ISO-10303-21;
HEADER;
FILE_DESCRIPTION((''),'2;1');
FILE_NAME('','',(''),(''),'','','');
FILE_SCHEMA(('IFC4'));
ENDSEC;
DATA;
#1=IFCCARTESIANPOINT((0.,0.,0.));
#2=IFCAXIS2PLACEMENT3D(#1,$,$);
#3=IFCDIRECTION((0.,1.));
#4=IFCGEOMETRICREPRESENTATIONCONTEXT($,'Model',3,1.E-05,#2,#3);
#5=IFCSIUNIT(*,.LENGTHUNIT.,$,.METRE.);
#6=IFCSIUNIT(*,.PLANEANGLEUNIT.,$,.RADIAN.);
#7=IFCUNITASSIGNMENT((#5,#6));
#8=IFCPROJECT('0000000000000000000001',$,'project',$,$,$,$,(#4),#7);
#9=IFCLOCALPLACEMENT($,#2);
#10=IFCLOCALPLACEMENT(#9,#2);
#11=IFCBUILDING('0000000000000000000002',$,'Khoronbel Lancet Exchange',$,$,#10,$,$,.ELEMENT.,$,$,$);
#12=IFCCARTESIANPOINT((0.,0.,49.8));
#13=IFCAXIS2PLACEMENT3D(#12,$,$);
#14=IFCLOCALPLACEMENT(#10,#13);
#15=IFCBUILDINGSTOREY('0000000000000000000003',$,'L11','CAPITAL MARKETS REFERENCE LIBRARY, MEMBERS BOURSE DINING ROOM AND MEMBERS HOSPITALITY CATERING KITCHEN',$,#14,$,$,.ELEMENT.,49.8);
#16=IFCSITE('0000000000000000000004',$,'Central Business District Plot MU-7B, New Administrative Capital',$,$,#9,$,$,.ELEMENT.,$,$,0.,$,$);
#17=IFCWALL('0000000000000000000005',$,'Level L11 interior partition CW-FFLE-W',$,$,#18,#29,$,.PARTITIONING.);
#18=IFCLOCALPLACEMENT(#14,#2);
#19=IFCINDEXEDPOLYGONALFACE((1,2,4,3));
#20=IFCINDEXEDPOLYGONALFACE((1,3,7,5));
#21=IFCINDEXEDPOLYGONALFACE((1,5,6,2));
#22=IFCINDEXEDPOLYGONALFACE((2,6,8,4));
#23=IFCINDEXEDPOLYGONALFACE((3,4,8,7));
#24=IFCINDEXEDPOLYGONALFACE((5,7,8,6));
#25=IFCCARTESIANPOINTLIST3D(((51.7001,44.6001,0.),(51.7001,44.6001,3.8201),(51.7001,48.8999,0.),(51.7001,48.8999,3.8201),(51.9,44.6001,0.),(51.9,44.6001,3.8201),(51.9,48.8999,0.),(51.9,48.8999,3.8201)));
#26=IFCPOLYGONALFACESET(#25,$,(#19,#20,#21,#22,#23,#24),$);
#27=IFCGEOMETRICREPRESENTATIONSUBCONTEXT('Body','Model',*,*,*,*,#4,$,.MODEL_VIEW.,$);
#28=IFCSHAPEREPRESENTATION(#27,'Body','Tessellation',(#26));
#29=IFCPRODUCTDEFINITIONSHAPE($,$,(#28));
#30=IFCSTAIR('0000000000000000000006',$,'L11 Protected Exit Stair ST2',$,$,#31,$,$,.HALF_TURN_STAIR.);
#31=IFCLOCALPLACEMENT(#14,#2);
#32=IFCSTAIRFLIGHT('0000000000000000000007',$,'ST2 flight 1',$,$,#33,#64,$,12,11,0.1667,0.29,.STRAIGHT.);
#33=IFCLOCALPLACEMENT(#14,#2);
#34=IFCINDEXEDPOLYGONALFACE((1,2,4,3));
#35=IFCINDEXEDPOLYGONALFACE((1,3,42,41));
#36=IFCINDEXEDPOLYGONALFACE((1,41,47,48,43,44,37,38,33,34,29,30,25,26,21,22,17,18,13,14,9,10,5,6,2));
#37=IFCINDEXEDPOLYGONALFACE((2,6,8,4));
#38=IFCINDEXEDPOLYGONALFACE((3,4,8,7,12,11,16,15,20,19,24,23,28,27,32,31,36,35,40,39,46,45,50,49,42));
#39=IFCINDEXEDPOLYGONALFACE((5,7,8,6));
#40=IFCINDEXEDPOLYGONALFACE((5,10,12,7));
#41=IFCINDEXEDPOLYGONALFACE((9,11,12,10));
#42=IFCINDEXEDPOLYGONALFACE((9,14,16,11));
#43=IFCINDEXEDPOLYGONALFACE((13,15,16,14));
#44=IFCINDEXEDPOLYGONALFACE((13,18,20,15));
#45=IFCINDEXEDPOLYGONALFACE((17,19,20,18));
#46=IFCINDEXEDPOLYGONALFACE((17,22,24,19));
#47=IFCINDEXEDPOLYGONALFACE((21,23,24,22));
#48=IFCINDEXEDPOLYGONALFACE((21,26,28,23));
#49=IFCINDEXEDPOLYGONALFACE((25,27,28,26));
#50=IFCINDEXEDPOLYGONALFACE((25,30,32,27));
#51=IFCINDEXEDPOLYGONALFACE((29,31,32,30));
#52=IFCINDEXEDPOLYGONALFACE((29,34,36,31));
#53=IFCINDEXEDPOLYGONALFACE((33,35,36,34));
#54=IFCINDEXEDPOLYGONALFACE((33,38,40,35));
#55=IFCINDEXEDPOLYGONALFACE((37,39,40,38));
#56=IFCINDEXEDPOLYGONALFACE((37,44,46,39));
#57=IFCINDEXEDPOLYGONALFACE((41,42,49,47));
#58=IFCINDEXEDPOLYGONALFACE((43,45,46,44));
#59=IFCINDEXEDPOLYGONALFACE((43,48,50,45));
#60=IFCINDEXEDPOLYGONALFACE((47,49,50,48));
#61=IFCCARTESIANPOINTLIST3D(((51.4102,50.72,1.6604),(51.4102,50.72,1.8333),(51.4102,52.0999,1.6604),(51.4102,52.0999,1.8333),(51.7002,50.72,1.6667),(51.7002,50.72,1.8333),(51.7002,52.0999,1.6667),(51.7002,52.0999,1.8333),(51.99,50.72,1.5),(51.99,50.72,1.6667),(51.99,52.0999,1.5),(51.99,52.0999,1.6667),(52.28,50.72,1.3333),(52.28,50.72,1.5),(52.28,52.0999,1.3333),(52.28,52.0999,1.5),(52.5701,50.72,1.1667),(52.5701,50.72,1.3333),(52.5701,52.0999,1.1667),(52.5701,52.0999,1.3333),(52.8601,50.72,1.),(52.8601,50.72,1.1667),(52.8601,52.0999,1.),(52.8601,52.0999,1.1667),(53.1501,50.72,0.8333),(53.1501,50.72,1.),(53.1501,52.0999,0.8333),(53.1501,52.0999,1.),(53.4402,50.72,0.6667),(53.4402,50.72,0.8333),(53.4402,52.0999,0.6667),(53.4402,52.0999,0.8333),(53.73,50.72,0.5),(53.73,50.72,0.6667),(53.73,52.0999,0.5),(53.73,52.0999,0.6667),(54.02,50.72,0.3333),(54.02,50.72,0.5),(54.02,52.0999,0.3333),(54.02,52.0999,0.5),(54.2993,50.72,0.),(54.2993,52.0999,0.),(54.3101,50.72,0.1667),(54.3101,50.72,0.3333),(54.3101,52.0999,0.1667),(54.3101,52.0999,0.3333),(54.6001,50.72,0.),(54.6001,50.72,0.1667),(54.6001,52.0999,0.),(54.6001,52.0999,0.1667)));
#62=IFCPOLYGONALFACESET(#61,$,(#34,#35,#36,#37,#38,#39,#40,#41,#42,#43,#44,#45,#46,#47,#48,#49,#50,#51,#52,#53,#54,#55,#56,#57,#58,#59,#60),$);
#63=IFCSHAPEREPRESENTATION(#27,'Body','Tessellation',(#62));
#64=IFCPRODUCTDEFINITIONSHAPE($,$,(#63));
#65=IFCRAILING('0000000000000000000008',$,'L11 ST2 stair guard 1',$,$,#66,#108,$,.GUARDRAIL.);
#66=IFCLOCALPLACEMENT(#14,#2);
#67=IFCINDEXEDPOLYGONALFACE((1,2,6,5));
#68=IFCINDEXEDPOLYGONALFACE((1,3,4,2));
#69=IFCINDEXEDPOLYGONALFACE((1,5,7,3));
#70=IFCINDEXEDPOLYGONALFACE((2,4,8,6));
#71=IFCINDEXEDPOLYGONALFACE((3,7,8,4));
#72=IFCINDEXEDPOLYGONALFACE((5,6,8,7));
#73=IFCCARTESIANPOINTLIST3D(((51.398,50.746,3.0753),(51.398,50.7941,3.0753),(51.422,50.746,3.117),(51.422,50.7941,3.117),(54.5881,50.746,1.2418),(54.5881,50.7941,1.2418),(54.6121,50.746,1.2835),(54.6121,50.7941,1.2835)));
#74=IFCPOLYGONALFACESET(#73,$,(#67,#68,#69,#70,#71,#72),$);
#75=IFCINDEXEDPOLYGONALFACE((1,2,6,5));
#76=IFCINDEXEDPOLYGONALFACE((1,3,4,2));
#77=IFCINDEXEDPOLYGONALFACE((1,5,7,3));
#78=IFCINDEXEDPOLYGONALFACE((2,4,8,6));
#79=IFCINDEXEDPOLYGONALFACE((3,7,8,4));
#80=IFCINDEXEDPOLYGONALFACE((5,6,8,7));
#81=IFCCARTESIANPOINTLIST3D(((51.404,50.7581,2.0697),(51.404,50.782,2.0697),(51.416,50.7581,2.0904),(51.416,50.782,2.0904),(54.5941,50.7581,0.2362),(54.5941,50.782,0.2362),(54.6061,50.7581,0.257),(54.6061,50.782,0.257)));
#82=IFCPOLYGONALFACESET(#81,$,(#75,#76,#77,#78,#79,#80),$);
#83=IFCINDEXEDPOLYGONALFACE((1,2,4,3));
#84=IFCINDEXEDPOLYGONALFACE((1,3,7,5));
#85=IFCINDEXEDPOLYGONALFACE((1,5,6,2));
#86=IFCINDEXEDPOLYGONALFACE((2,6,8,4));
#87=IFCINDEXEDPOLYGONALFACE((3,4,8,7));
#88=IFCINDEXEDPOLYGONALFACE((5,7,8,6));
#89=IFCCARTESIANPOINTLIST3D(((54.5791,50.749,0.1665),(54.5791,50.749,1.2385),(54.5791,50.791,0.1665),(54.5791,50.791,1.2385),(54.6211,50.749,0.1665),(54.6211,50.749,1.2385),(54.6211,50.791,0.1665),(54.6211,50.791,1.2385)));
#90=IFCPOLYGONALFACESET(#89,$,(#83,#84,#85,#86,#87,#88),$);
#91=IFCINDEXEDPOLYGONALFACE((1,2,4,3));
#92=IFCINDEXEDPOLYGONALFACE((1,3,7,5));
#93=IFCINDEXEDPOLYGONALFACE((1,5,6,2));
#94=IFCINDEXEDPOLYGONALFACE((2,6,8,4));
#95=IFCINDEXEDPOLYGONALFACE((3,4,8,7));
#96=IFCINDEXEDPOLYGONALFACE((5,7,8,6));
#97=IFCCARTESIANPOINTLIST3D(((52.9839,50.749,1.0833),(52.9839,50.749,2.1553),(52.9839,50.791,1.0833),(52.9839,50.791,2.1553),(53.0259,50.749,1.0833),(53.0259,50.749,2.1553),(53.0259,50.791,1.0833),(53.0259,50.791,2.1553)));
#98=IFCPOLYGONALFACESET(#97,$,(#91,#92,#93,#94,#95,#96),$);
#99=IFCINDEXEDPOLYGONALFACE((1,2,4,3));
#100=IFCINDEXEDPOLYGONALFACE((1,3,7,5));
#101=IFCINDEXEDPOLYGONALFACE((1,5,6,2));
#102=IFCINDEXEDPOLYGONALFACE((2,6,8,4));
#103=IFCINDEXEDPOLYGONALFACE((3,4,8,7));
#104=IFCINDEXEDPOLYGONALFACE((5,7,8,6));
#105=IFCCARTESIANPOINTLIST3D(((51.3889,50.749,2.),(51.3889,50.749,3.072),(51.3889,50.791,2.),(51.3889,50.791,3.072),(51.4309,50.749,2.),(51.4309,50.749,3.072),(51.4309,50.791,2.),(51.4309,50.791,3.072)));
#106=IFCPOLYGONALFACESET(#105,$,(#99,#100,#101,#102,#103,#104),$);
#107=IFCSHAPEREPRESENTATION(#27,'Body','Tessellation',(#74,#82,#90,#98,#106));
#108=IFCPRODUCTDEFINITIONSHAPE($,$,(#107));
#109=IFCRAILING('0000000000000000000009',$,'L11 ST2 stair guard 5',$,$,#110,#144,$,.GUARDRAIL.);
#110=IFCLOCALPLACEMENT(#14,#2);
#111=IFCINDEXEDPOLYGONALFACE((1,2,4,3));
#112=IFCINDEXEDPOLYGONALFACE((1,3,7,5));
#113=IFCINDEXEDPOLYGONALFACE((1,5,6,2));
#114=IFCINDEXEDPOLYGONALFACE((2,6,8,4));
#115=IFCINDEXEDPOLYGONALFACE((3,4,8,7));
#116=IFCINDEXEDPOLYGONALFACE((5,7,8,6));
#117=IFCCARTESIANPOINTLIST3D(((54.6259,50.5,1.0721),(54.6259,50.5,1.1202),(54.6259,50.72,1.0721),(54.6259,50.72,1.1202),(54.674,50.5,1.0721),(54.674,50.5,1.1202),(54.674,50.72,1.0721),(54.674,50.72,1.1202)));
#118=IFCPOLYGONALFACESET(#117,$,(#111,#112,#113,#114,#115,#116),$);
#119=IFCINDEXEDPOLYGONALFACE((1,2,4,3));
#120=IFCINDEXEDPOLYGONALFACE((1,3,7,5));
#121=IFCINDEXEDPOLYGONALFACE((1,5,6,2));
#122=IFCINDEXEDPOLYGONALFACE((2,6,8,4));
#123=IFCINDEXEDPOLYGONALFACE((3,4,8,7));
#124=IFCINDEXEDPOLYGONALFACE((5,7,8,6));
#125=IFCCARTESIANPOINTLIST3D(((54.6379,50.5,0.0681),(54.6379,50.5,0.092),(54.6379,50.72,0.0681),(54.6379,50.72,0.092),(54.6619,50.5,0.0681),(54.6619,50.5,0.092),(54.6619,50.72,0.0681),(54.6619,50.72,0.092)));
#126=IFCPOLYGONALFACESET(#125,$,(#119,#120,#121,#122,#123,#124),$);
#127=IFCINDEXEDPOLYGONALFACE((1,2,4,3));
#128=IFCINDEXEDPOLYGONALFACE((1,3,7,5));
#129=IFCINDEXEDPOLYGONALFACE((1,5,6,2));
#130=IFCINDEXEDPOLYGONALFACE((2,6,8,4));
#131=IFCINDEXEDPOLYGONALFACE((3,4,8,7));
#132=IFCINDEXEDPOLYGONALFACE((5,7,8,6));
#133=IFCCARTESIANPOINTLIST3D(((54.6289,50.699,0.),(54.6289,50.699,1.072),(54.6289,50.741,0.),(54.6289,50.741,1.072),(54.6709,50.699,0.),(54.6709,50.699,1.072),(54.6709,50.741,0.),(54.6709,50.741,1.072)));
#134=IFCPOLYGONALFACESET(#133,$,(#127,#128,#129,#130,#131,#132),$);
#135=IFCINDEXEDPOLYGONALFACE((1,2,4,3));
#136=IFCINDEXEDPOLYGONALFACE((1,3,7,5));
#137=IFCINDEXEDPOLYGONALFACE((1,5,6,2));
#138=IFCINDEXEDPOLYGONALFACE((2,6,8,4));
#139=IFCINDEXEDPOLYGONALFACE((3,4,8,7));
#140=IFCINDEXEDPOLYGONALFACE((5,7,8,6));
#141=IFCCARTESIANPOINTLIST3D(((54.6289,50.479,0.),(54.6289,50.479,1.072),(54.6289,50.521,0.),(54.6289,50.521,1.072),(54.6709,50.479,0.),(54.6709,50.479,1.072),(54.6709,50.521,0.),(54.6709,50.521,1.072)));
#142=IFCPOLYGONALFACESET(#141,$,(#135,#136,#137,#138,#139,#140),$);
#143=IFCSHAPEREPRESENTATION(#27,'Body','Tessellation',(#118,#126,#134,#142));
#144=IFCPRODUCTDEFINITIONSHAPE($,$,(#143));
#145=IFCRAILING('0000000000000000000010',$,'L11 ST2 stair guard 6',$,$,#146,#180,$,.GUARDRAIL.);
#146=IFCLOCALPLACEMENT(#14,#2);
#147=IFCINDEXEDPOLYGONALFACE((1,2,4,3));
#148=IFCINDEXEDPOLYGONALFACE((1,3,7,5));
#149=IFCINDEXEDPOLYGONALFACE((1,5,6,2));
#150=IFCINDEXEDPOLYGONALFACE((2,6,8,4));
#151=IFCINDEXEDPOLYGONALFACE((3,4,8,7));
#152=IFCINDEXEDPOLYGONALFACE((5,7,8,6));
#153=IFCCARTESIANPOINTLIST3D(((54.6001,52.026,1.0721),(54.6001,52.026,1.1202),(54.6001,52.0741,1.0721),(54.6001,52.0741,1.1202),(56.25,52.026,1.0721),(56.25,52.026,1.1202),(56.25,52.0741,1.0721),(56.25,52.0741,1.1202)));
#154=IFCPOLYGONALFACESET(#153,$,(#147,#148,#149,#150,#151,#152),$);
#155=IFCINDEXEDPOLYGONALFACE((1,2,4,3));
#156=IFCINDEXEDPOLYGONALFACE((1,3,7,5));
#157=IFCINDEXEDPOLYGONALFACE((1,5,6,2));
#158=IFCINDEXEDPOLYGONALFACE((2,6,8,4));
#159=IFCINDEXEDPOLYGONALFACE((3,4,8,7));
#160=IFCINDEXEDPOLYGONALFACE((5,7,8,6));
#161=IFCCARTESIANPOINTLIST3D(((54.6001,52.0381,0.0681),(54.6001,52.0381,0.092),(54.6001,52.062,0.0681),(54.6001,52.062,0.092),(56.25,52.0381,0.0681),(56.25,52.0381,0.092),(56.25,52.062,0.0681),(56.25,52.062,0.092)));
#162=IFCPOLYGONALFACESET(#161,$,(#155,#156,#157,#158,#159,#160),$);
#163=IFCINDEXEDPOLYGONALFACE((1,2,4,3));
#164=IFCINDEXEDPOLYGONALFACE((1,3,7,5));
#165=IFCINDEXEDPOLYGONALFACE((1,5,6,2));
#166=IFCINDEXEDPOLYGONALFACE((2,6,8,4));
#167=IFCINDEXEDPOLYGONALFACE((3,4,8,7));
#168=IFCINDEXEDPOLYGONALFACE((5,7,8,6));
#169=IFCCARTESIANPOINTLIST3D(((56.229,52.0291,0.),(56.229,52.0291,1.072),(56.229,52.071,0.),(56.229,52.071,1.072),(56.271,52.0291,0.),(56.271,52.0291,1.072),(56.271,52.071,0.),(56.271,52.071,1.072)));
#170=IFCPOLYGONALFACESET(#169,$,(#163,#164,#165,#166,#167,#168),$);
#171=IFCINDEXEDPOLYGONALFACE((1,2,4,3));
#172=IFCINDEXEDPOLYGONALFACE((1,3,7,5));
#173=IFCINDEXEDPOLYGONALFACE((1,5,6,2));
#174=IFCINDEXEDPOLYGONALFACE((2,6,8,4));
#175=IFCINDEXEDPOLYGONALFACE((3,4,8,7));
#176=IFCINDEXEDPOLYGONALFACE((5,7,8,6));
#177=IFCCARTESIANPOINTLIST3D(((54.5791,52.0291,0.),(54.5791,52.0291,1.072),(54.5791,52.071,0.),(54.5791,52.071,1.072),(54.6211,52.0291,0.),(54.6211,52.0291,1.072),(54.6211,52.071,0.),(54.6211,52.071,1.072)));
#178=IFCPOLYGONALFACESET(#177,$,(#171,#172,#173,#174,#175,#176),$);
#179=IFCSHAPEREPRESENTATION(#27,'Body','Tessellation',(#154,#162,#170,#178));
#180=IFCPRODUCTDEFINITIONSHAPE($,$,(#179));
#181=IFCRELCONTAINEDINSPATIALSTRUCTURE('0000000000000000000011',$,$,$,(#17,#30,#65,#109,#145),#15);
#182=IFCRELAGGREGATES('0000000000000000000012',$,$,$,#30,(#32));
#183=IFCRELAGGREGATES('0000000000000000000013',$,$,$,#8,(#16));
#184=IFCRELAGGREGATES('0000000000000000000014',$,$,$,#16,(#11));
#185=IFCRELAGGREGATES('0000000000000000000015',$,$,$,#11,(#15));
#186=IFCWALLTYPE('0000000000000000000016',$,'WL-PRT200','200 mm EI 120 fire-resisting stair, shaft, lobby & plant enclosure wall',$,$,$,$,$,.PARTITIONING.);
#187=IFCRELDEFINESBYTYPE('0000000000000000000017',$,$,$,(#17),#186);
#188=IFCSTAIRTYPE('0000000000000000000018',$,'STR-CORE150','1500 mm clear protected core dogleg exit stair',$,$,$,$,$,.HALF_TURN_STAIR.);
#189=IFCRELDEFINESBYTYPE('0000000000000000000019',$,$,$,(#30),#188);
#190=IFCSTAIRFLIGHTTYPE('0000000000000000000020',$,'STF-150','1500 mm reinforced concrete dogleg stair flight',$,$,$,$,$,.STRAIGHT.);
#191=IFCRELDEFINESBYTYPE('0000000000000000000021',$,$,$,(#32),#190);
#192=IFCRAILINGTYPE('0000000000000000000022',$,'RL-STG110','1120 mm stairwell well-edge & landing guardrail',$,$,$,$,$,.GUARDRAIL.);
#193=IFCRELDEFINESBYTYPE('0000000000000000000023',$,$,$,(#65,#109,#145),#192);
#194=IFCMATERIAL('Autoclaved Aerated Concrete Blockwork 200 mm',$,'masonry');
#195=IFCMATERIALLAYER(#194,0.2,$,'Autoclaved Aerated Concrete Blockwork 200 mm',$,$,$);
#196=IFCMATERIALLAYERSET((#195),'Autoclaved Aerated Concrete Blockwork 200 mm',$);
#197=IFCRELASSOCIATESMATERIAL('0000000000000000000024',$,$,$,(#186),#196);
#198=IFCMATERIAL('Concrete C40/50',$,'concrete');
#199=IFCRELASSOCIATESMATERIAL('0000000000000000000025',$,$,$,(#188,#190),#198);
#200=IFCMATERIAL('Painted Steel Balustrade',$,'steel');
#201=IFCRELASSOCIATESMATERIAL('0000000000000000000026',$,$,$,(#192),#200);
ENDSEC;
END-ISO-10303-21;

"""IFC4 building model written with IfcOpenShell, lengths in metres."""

from ifc_helpers import new_model, si_unit, direction, frame, frame_2d, origin, origin_2d, place, context, subcontext, project, spatial, polyline, rectangle, outline, extrude, material, layer, layer_set, type_object, element, aggregate, save


model = new_model("IFC4")

# Units and contexts
model_context = context("Model", 3, precision=1e-05, world=origin(), true_north=direction((0.0, 1.0)))
body_context = subcontext(model_context, "Body", "Model", "MODEL_VIEW")
ifc_project = project(units=[si_unit("LENGTHUNIT", "METRE"), si_unit("PLANEANGLEUNIT", "RADIAN")], contexts=[model_context])

# Site, building, storey
site_placement = place(None, origin())
site = spatial("IfcSite", under=ifc_project, at=site_placement, Name="Central Business District Plot MU-7B, New Administrative Capital", CompositionType="ELEMENT", RefElevation=0.0)
building_placement = place(site_placement, origin())
building = spatial("IfcBuilding", under=site, at=building_placement, Name="Khoronbel Lancet Exchange", CompositionType="ELEMENT")
storey_placement = place(building_placement, frame((0.0, 0.0, 49.8)))
storey = spatial("IfcBuildingStorey", under=building, at=storey_placement, Name="L11", Description="CAPITAL MARKETS REFERENCE LIBRARY, MEMBERS BOURSE DINING ROOM AND MEMBERS HOSPITALITY CATERING KITCHEN", CompositionType="ELEMENT", Elevation=49.8)

# Shared definitions
ifc_material_1 = material(Name="Autoclaved Aerated Concrete Blockwork 200 mm", Category="masonry")
ifc_layer_1 = layer(ifc_material_1, 0.2, Name="Autoclaved Aerated Concrete Blockwork 200 mm")
ifc_layer_set_1 = layer_set([ifc_layer_1], Name="Autoclaved Aerated Concrete Blockwork 200 mm")
wall_type_1 = type_object("IfcWallType", Name="WL-PRT200", Description="200 mm EI 120 fire-resisting stair, shaft, lobby & plant enclosure wall", PredefinedType="PARTITIONING", material=ifc_layer_set_1)

# Wall
wall_1_placement = place(storey_placement, frame((51.8, 44.6001, 0.0), z_axis=(0.0, 0.0, 1.0), x_axis=(0.0, 1.0, 0.0)))
element("IfcWall", 1, at=wall_1_placement, inside=storey, type_object=wall_type_1, Name="Level L11 interior partition CW-FFLE-W", PredefinedType="PARTITIONING", context=body_context, shape_type="SweptSolid", body=[
    extrude(rectangle(XDim=4.2998, YDim=0.2, at=frame_2d((2.1499, 0.0))), origin(), (0.0, 0.0, 1.0), 3.8201),
])

# Stair, stair flight
ifc_material_2 = material(Name="Concrete C40/50", Category="concrete")
stair_type = type_object("IfcStairType", Name="STR-CORE150", Description="1500 mm clear protected core dogleg exit stair", PredefinedType="HALF_TURN_STAIR", material=ifc_material_2)
stair_placement = place(storey_placement, origin())
stair = element("IfcStair", 2, at=stair_placement, inside=storey, type_object=stair_type, Name="L11 Protected Exit Stair ST2", PredefinedType="HALF_TURN_STAIR")
stair_flight_type = type_object("IfcStairFlightType", Name="STF-150", Description="1500 mm reinforced concrete dogleg stair flight", PredefinedType="STRAIGHT", material=ifc_material_2)
stair_flight_placement = place(storey_placement, frame((54.6001, 51.4099, 0.0), z_axis=(0.0, 0.0, 1.0), x_axis=(-1.0, 0.0, 0.0)))
stair_flight = element("IfcStairFlight", 3, at=stair_flight_placement, type_object=stair_flight_type, Name="ST2 flight 1", NumberOfRisers=12, NumberOfTreads=11, PredefinedType="STRAIGHT", RiserHeight=0.1667, TreadLength=0.29, context=body_context, shape_type="SweptSolid", body=[
    extrude(outline(polyline([(0.0, 0.0), (0.0, 0.1667), (0.29, 0.1667), (0.29, 0.3333), (0.5801, 0.3333), (0.5801, 0.5), (0.8701, 0.5), (0.8701, 0.6667), (1.1599, 0.6667), (1.1599, 0.8333), (1.45, 0.8333), (1.45, 1.0), (1.74, 1.0), (1.74, 1.1667), (2.03, 1.1667), (2.03, 1.3333), (2.3201, 1.3333), (2.3201, 1.5), (2.6101, 1.5), (2.6101, 1.6667), (2.8999, 1.6667), (2.8999, 1.8333), (3.1899, 1.8333), (3.1899, 2.0), (3.1899, 1.6604), (0.3008, 0.0), (0.0, 0.0)])), frame((0.0, 0.6899, 0.0), z_axis=(0.0, -1.0, 0.0), x_axis=(1.0, 0.0, 0.0)), (0.0, 0.0, 1.0), 1.3799),
])
aggregate(stair, [stair_flight])

# Railings
ifc_material_3 = material(Name="Painted Steel Balustrade", Category="steel")
railing_type_1 = type_object("IfcRailingType", Name="RL-STG110", Description="1120 mm stairwell well-edge & landing guardrail", PredefinedType="GUARDRAIL", material=ifc_material_3)
railing_1_placement = place(storey_placement, frame((54.6001, 50.77, 0.1665)))
element("IfcRailing", 4, at=railing_1_placement, inside=storey, type_object=railing_type_1, Name="L11 ST2 stair guard 1", PredefinedType="GUARDRAIL", context=body_context, shape_type="SweptSolid", body=[
    extrude(rectangle(XDim=0.0481, YDim=0.0481, at=origin_2d()), frame((0.0, 0.0, 1.0962), z_axis=(-0.867007, 0.0, 0.498295), x_axis=(0.0, -1.0, 0.0)), (0.0, 0.0, 1.0), 3.6794),
    extrude(rectangle(XDim=0.0239, YDim=0.0239, at=origin_2d()), frame((0.0, 0.0, 0.0801), z_axis=(-0.867007, 0.0, 0.498295), x_axis=(0.0, -1.0, 0.0)), (0.0, 0.0, 1.0), 3.6794),
    extrude(rectangle(XDim=0.042, YDim=0.042, at=origin_2d()), origin(), (0.0, 0.0, 1.0), 1.072),
    extrude(rectangle(XDim=0.042, YDim=0.042, at=origin_2d()), frame((-1.5952, 0.0, 0.9167)), (0.0, 0.0, 1.0), 1.072),
    extrude(rectangle(XDim=0.042, YDim=0.042, at=origin_2d()), frame((-3.1902, 0.0, 1.8335)), (0.0, 0.0, 1.0), 1.072),
])
railing_2_placement = place(storey_placement, frame((54.6499, 50.72, 0.0)))
element("IfcRailing", 5, at=railing_2_placement, inside=storey, type_object=railing_type_1, Name="L11 ST2 stair guard 5", PredefinedType="GUARDRAIL", context=body_context, shape_type="SweptSolid", body=[
    extrude(rectangle(XDim=0.0481, YDim=0.0481, at=origin_2d()), frame((0.0, 0.0, 1.0962), z_axis=(0.0, -1.0, 0.0), x_axis=(1.0, 0.0, 0.0)), (0.0, 0.0, 1.0), 0.22),
    extrude(rectangle(XDim=0.0239, YDim=0.0239, at=origin_2d()), frame((0.0, 0.0, 0.0801), z_axis=(0.0, -1.0, 0.0), x_axis=(1.0, 0.0, 0.0)), (0.0, 0.0, 1.0), 0.22),
    extrude(rectangle(XDim=0.042, YDim=0.042, at=origin_2d()), origin(), (0.0, 0.0, 1.0), 1.072),
    extrude(rectangle(XDim=0.042, YDim=0.042, at=origin_2d()), frame((0.0, -0.22, 0.0)), (0.0, 0.0, 1.0), 1.072),
])
railing_3_placement = place(storey_placement, frame((56.25, 52.05, 0.0)))
element("IfcRailing", 6, at=railing_3_placement, inside=storey, type_object=railing_type_1, Name="L11 ST2 stair guard 6", PredefinedType="GUARDRAIL", context=body_context, shape_type="SweptSolid", body=[
    extrude(rectangle(XDim=0.0481, YDim=0.0481, at=origin_2d()), frame((0.0, 0.0, 1.0962), z_axis=(-1.0, 0.0, 0.0), x_axis=(0.0, -1.0, 0.0)), (0.0, 0.0, 1.0), 1.6499),
    extrude(rectangle(XDim=0.0239, YDim=0.0239, at=origin_2d()), frame((0.0, 0.0, 0.0801), z_axis=(-1.0, 0.0, 0.0), x_axis=(0.0, -1.0, 0.0)), (0.0, 0.0, 1.0), 1.6499),
    extrude(rectangle(XDim=0.042, YDim=0.042, at=origin_2d()), origin(), (0.0, 0.0, 1.0), 1.072),
    extrude(rectangle(XDim=0.042, YDim=0.042, at=origin_2d()), frame((-1.6499, 0.0, 0.0)), (0.0, 0.0, 1.0), 1.072),
])

save(model, "model.ifc")
